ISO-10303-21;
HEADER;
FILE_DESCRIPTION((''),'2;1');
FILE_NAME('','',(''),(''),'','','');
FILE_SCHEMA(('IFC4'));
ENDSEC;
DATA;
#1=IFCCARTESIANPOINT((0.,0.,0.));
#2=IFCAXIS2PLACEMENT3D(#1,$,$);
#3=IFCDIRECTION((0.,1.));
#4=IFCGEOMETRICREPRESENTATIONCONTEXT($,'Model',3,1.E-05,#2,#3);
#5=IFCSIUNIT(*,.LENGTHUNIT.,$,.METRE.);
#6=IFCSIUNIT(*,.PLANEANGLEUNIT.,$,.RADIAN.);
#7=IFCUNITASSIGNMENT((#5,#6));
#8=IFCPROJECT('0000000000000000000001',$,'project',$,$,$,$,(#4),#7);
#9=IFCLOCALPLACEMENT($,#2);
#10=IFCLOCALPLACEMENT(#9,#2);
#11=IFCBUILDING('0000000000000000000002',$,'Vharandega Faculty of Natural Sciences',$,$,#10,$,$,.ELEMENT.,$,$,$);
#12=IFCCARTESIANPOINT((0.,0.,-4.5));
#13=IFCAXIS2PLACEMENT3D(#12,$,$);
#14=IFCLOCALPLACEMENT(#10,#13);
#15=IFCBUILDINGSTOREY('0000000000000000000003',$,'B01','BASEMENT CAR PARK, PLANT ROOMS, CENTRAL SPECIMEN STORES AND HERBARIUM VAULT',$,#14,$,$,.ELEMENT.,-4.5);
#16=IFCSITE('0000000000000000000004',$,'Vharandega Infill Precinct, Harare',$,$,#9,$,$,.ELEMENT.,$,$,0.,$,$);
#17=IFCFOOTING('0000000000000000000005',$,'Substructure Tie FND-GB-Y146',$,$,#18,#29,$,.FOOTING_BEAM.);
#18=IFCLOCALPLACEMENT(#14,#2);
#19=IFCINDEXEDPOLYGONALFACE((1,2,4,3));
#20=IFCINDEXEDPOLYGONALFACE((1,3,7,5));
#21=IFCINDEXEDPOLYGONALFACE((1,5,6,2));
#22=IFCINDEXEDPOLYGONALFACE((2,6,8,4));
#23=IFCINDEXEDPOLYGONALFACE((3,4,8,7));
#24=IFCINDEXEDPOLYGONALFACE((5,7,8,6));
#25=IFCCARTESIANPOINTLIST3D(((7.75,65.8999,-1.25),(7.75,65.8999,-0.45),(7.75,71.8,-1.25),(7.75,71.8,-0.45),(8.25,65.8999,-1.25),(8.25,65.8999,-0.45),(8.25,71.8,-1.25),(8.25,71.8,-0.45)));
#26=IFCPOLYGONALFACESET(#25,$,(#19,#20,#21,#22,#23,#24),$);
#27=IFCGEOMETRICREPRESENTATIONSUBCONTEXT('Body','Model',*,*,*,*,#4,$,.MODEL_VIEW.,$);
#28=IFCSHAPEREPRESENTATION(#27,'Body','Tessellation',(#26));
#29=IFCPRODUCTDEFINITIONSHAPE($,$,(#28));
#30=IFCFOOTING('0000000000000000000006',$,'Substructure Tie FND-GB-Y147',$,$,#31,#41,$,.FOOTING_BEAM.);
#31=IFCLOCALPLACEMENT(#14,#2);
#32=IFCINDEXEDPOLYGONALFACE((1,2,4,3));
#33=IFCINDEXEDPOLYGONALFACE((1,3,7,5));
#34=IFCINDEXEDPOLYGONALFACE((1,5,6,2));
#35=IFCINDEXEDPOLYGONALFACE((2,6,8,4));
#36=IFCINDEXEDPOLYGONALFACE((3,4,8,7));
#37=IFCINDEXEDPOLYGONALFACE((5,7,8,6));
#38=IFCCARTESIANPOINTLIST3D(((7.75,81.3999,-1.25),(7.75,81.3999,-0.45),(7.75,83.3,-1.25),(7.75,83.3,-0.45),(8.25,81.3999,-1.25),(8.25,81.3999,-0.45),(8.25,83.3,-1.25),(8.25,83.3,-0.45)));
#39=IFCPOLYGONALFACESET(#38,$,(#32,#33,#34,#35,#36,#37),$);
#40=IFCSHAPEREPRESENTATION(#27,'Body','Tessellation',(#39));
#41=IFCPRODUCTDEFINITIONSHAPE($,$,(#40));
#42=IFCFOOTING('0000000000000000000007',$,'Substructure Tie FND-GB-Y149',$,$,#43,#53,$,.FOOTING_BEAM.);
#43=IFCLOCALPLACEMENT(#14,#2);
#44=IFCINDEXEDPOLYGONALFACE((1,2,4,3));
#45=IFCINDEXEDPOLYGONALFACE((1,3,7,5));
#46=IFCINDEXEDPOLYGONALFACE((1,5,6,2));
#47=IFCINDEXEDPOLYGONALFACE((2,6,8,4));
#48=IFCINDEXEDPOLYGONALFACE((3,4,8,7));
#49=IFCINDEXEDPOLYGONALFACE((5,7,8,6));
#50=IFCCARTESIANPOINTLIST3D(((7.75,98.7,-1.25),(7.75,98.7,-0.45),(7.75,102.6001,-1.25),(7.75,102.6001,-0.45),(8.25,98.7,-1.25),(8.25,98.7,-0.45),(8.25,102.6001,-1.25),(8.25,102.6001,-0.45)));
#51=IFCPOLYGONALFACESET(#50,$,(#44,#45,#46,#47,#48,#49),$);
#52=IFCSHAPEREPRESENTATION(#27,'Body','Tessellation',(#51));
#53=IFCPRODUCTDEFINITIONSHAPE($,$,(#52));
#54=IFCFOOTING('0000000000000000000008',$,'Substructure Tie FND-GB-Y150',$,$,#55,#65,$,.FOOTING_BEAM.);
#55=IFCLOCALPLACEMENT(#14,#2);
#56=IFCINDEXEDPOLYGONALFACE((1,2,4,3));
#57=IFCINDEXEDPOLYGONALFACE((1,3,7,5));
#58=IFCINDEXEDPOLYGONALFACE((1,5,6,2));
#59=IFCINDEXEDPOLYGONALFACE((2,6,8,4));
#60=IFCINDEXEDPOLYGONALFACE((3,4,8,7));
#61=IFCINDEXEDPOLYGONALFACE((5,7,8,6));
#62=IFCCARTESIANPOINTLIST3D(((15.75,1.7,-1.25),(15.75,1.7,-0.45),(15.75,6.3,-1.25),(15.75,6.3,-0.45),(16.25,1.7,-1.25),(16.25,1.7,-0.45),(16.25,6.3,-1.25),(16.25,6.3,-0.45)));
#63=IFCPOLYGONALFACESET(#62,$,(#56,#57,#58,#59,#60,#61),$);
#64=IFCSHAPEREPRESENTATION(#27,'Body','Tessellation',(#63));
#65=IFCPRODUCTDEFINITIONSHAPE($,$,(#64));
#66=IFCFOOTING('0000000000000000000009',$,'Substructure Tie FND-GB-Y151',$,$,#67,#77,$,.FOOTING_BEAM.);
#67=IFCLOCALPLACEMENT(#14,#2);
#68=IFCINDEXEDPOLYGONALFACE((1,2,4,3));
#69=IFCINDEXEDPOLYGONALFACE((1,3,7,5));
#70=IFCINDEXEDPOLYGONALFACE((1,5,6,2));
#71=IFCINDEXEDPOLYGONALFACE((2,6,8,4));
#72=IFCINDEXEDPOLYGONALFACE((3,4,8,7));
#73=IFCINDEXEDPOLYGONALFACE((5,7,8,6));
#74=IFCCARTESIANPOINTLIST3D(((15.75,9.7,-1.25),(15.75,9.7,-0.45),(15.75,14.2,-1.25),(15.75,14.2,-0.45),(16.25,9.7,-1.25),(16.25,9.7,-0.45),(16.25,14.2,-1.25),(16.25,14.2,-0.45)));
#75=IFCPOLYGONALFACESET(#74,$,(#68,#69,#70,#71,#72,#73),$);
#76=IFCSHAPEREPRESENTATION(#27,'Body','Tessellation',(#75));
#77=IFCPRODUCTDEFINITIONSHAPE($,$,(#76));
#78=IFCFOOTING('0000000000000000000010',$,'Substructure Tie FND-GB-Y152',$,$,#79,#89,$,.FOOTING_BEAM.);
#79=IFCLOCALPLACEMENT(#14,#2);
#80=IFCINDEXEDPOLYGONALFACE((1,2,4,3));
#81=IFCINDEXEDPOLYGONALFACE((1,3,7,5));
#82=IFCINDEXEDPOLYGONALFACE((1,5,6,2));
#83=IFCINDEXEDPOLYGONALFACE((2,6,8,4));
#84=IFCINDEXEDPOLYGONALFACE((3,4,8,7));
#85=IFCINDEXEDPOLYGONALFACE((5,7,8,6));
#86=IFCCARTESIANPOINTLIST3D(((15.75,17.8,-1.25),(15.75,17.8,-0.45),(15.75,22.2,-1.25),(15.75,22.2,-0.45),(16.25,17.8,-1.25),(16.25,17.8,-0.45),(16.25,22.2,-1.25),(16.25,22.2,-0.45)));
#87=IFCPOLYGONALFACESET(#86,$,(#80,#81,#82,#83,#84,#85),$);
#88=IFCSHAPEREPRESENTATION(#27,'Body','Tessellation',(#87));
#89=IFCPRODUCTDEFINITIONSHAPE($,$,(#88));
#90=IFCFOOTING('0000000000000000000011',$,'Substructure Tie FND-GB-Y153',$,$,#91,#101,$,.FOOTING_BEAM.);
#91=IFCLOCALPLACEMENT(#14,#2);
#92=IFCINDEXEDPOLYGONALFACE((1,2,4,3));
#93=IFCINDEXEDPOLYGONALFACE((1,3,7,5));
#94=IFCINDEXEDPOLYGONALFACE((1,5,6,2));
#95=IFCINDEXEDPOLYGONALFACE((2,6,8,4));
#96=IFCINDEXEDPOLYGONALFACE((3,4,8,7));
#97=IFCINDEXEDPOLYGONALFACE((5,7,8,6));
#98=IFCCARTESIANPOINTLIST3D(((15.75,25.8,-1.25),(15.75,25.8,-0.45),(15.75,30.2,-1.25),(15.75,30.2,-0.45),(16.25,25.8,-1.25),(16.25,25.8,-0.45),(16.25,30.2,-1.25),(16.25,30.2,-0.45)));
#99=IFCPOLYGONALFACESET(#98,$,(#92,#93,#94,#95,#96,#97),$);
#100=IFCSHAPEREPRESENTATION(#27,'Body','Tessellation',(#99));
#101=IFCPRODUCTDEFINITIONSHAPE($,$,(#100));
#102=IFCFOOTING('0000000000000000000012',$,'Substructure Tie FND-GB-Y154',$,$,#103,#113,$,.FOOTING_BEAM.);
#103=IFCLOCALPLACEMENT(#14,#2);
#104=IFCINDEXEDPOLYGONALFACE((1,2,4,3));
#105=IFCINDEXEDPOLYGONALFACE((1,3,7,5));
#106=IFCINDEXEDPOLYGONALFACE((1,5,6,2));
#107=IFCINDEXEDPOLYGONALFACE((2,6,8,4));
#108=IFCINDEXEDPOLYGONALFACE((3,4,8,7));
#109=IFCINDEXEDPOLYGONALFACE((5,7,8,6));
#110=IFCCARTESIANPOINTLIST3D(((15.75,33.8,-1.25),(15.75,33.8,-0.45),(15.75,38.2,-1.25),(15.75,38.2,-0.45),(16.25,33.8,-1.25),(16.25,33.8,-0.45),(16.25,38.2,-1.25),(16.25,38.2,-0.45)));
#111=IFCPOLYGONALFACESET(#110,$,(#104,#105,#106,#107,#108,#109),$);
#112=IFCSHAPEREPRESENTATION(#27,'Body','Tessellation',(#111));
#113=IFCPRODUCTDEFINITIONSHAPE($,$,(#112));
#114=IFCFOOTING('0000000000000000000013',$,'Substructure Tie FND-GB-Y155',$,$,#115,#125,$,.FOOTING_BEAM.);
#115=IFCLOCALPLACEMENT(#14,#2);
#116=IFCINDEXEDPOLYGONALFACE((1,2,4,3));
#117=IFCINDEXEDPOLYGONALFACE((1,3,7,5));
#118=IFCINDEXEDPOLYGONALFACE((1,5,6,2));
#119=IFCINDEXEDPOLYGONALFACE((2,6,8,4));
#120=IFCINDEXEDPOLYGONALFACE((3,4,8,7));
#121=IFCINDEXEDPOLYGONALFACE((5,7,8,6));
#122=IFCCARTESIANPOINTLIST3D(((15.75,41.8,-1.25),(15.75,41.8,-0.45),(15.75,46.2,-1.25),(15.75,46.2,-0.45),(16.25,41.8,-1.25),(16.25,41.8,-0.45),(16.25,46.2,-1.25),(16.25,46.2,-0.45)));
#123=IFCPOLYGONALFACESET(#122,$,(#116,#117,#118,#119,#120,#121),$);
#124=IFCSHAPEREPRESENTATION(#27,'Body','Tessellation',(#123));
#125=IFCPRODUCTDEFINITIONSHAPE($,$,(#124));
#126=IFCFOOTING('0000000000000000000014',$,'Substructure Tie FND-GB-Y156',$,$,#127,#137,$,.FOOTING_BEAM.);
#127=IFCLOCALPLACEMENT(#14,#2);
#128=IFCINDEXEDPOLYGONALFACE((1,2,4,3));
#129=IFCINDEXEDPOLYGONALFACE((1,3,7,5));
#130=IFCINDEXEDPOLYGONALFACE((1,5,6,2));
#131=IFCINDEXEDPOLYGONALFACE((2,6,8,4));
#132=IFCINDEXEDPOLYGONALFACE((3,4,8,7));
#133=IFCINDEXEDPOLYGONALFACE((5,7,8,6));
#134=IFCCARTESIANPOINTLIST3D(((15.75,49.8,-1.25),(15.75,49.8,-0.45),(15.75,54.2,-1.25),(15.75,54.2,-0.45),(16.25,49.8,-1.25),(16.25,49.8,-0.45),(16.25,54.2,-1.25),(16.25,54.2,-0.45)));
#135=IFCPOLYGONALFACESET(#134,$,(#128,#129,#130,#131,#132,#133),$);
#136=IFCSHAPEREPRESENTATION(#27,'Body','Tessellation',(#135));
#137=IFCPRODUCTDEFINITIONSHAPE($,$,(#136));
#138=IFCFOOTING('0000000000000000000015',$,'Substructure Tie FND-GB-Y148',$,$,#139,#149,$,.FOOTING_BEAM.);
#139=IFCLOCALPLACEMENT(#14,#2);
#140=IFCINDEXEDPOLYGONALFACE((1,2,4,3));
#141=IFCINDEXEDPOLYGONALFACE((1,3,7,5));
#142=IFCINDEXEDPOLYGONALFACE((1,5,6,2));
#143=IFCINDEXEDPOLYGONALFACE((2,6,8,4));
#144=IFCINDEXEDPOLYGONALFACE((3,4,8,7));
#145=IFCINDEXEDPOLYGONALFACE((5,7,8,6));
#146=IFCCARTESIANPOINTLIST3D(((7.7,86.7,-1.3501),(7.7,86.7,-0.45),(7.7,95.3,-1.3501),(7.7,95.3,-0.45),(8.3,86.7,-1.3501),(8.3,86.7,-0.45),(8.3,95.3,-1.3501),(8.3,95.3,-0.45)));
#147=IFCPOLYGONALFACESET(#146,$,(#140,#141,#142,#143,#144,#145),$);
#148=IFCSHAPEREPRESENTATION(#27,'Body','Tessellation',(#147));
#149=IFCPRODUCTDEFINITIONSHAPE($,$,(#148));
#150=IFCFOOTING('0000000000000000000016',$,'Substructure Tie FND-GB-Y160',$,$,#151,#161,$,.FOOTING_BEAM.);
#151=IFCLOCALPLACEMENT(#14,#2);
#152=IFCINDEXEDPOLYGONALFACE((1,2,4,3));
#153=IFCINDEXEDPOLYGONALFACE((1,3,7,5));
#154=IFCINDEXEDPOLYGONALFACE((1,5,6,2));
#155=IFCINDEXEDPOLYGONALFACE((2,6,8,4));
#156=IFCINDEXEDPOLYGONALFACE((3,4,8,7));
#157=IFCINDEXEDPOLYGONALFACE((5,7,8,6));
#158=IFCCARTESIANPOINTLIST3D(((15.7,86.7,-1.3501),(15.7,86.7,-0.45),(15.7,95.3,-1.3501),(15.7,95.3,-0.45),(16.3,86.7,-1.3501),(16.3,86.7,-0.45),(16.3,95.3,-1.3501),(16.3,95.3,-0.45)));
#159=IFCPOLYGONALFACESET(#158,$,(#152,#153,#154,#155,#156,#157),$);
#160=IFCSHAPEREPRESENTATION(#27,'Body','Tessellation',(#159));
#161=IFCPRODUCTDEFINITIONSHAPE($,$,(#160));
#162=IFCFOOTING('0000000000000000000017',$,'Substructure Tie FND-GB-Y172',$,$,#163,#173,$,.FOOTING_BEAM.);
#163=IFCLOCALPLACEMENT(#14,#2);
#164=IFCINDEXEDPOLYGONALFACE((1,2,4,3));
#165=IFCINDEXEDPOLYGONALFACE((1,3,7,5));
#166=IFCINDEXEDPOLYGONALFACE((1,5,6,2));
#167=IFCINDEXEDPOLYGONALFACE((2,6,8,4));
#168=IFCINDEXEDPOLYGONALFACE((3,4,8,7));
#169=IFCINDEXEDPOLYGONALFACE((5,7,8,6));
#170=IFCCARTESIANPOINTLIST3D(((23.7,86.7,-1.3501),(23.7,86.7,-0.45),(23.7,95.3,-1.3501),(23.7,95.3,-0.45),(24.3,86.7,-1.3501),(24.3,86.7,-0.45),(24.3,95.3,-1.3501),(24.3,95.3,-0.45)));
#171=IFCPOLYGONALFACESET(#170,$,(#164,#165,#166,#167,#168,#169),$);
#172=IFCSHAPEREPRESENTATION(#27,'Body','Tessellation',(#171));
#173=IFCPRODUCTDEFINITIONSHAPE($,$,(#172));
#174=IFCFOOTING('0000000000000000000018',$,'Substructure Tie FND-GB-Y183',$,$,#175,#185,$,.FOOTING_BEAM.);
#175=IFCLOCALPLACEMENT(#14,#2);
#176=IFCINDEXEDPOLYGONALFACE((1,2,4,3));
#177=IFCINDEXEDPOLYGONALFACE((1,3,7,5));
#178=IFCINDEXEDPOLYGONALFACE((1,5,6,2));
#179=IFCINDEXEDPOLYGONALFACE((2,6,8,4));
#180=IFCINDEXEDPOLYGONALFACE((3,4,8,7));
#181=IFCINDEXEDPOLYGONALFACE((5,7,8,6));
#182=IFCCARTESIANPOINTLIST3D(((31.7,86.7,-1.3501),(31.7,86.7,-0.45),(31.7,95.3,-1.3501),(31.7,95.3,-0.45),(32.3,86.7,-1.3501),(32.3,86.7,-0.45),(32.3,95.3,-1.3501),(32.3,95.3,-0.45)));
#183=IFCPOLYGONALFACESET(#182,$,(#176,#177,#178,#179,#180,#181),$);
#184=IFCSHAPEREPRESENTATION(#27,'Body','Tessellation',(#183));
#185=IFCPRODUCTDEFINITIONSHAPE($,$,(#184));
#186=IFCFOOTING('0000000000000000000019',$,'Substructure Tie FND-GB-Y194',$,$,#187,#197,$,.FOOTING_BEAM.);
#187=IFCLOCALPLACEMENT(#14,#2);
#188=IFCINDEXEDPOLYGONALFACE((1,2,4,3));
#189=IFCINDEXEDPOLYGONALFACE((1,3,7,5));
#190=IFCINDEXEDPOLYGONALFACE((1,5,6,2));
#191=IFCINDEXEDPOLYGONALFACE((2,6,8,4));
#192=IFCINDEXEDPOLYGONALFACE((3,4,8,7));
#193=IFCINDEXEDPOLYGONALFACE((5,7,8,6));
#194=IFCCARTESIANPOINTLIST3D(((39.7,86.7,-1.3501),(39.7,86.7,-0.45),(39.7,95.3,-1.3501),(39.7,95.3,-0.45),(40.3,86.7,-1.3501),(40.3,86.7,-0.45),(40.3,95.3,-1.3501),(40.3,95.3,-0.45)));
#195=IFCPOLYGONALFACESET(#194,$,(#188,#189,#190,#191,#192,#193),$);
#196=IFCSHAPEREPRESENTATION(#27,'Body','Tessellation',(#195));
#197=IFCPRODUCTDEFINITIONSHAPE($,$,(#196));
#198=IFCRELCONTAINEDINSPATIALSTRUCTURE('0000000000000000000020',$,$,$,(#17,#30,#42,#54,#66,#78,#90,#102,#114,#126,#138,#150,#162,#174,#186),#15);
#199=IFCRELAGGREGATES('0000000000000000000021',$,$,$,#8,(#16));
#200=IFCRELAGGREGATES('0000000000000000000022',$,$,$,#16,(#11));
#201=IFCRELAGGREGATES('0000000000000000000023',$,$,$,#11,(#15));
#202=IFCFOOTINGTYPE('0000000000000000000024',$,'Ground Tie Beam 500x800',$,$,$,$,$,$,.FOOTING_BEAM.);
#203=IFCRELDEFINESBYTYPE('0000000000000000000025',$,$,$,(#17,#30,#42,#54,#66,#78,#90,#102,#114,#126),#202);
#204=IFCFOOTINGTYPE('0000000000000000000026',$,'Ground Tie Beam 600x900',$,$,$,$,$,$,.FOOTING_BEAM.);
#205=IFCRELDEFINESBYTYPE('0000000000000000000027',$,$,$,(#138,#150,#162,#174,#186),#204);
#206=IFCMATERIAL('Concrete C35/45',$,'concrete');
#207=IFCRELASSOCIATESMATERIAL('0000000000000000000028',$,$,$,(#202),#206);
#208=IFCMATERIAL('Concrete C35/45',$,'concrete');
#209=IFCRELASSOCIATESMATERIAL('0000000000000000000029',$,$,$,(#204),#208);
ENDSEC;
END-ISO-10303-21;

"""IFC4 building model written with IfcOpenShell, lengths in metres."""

from ifc_helpers import new_model, si_unit, direction, frame, origin, place, context, subcontext, project, spatial, polyline, outline, extrude, material, type_object, element, save


model = new_model("IFC4")

# Units and contexts
model_context = context("Model", 3, precision=1e-05, world=origin(), true_north=direction((0.0, 1.0)))
body_context = subcontext(model_context, "Body", "Model", "MODEL_VIEW")
ifc_project = project(units=[si_unit("LENGTHUNIT", "METRE"), si_unit("PLANEANGLEUNIT", "RADIAN")], contexts=[model_context])

# Site, building, storey
site_placement = place(None, origin())
site = spatial("IfcSite", under=ifc_project, at=site_placement, Name="Vharandega Infill Precinct, Harare", CompositionType="ELEMENT", RefElevation=0.0)
building_placement = place(site_placement, origin())
building = spatial("IfcBuilding", under=site, at=building_placement, Name="Vharandega Faculty of Natural Sciences", CompositionType="ELEMENT")
storey_placement = place(building_placement, frame((0.0, 0.0, -4.5)))
storey = spatial("IfcBuildingStorey", under=building, at=storey_placement, Name="B01", Description="BASEMENT CAR PARK, PLANT ROOMS, CENTRAL SPECIMEN STORES AND HERBARIUM VAULT", CompositionType="ELEMENT", Elevation=-4.5)

# Footings
ifc_material_1 = material(Name="Concrete C35/45", Category="concrete")
footing_type_1 = type_object("IfcFootingType", Name="Ground Tie Beam 500x800", PredefinedType="FOOTING_BEAM", material=ifc_material_1)
footing_1_placement = place(storey_placement, frame((0.0, 0.0, -1.25)))
element("IfcFooting", 1, at=footing_1_placement, inside=storey, type_object=footing_type_1, Name="Substructure Tie FND-GB-Y146", PredefinedType="FOOTING_BEAM", context=body_context, shape_type="SweptSolid", body=[
    extrude(outline(polyline([(7.75, 65.8999), (8.25, 65.8999), (8.25, 71.8), (7.75, 71.8), (7.75, 65.8999)])), origin(), (0.0, 0.0, 1.0), 0.8),
])
footing_2_placement = place(storey_placement, frame((0.0, 0.0, -1.25)))
element("IfcFooting", 2, at=footing_2_placement, inside=storey, type_object=footing_type_1, Name="Substructure Tie FND-GB-Y147", PredefinedType="FOOTING_BEAM", context=body_context, shape_type="SweptSolid", body=[
    extrude(outline(polyline([(7.75, 81.3999), (8.25, 81.3999), (8.25, 83.3), (7.75, 83.3), (7.75, 81.3999)])), origin(), (0.0, 0.0, 1.0), 0.8),
])
footing_3_placement = place(storey_placement, frame((0.0, 0.0, -1.25)))
element("IfcFooting", 3, at=footing_3_placement, inside=storey, type_object=footing_type_1, Name="Substructure Tie FND-GB-Y149", PredefinedType="FOOTING_BEAM", context=body_context, shape_type="SweptSolid", body=[
    extrude(outline(polyline([(7.75, 98.7), (8.25, 98.7), (8.25, 102.6001), (7.75, 102.6001), (7.75, 98.7)])), origin(), (0.0, 0.0, 1.0), 0.8),
])
footing_4_placement = place(storey_placement, frame((0.0, 0.0, -1.25)))
element("IfcFooting", 4, at=footing_4_placement, inside=storey, type_object=footing_type_1, Name="Substructure Tie FND-GB-Y150", PredefinedType="FOOTING_BEAM", context=body_context, shape_type="SweptSolid", body=[
    extrude(outline(polyline([(15.75, 1.7), (16.25, 1.7), (16.25, 6.3), (15.75, 6.3), (15.75, 1.7)])), origin(), (0.0, 0.0, 1.0), 0.8),
])
footing_5_placement = place(storey_placement, frame((0.0, 0.0, -1.25)))
element("IfcFooting", 5, at=footing_5_placement, inside=storey, type_object=footing_type_1, Name="Substructure Tie FND-GB-Y151", PredefinedType="FOOTING_BEAM", context=body_context, shape_type="SweptSolid", body=[
    extrude(outline(polyline([(15.75, 9.7), (16.25, 9.7), (16.25, 14.2), (15.75, 14.2), (15.75, 9.7)])), origin(), (0.0, 0.0, 1.0), 0.8),
])
footing_6_placement = place(storey_placement, frame((0.0, 0.0, -1.25)))
element("IfcFooting", 6, at=footing_6_placement, inside=storey, type_object=footing_type_1, Name="Substructure Tie FND-GB-Y152", PredefinedType="FOOTING_BEAM", context=body_context, shape_type="SweptSolid", body=[
    extrude(outline(polyline([(15.75, 17.8), (16.25, 17.8), (16.25, 22.2), (15.75, 22.2), (15.75, 17.8)])), origin(), (0.0, 0.0, 1.0), 0.8),
])
footing_7_placement = place(storey_placement, frame((0.0, 0.0, -1.25)))
element("IfcFooting", 7, at=footing_7_placement, inside=storey, type_object=footing_type_1, Name="Substructure Tie FND-GB-Y153", PredefinedType="FOOTING_BEAM", context=body_context, shape_type="SweptSolid", body=[
    extrude(outline(polyline([(15.75, 25.8), (16.25, 25.8), (16.25, 30.2), (15.75, 30.2), (15.75, 25.8)])), origin(), (0.0, 0.0, 1.0), 0.8),
])
footing_8_placement = place(storey_placement, frame((0.0, 0.0, -1.25)))
element("IfcFooting", 8, at=footing_8_placement, inside=storey, type_object=footing_type_1, Name="Substructure Tie FND-GB-Y154", PredefinedType="FOOTING_BEAM", context=body_context, shape_type="SweptSolid", body=[
    extrude(outline(polyline([(15.75, 33.8), (16.25, 33.8), (16.25, 38.2), (15.75, 38.2), (15.75, 33.8)])), origin(), (0.0, 0.0, 1.0), 0.8),
])
footing_9_placement = place(storey_placement, frame((0.0, 0.0, -1.25)))
element("IfcFooting", 9, at=footing_9_placement, inside=storey, type_object=footing_type_1, Name="Substructure Tie FND-GB-Y155", PredefinedType="FOOTING_BEAM", context=body_context, shape_type="SweptSolid", body=[
    extrude(outline(polyline([(15.75, 41.8), (16.25, 41.8), (16.25, 46.2), (15.75, 46.2), (15.75, 41.8)])), origin(), (0.0, 0.0, 1.0), 0.8),
])
footing_10_placement = place(storey_placement, frame((0.0, 0.0, -1.25)))
element("IfcFooting", 10, at=footing_10_placement, inside=storey, type_object=footing_type_1, Name="Substructure Tie FND-GB-Y156", PredefinedType="FOOTING_BEAM", context=body_context, shape_type="SweptSolid", body=[
    extrude(outline(polyline([(15.75, 49.8), (16.25, 49.8), (16.25, 54.2), (15.75, 54.2), (15.75, 49.8)])), origin(), (0.0, 0.0, 1.0), 0.8),
])
ifc_material_2 = material(Name="Concrete C35/45", Category="concrete")
footing_type_2 = type_object("IfcFootingType", Name="Ground Tie Beam 600x900", PredefinedType="FOOTING_BEAM", material=ifc_material_2)
footing_11_placement = place(storey_placement, frame((0.0, 0.0, -1.3501)))
element("IfcFooting", 11, at=footing_11_placement, inside=storey, type_object=footing_type_2, Name="Substructure Tie FND-GB-Y148", PredefinedType="FOOTING_BEAM", context=body_context, shape_type="SweptSolid", body=[
    extrude(outline(polyline([(7.7, 86.7), (8.3, 86.7), (8.3, 95.3), (7.7, 95.3), (7.7, 86.7)])), origin(), (0.0, 0.0, 1.0), 0.9001),
])
footing_12_placement = place(storey_placement, frame((0.0, 0.0, -1.3501)))
element("IfcFooting", 12, at=footing_12_placement, inside=storey, type_object=footing_type_2, Name="Substructure Tie FND-GB-Y160", PredefinedType="FOOTING_BEAM", context=body_context, shape_type="SweptSolid", body=[
    extrude(outline(polyline([(15.7, 86.7), (16.3, 86.7), (16.3, 95.3), (15.7, 95.3), (15.7, 86.7)])), origin(), (0.0, 0.0, 1.0), 0.9001),
])
footing_13_placement = place(storey_placement, frame((0.0, 0.0, -1.3501)))
element("IfcFooting", 13, at=footing_13_placement, inside=storey, type_object=footing_type_2, Name="Substructure Tie FND-GB-Y172", PredefinedType="FOOTING_BEAM", context=body_context, shape_type="SweptSolid", body=[
    extrude(outline(polyline([(23.7, 86.7), (24.3, 86.7), (24.3, 95.3), (23.7, 95.3), (23.7, 86.7)])), origin(), (0.0, 0.0, 1.0), 0.9001),
])
footing_14_placement = place(storey_placement, frame((0.0, 0.0, -1.3501)))
element("IfcFooting", 14, at=footing_14_placement, inside=storey, type_object=footing_type_2, Name="Substructure Tie FND-GB-Y183", PredefinedType="FOOTING_BEAM", context=body_context, shape_type="SweptSolid", body=[
    extrude(outline(polyline([(31.7, 86.7), (32.3, 86.7), (32.3, 95.3), (31.7, 95.3), (31.7, 86.7)])), origin(), (0.0, 0.0, 1.0), 0.9001),
])
footing_15_placement = place(storey_placement, frame((0.0, 0.0, -1.3501)))
element("IfcFooting", 15, at=footing_15_placement, inside=storey, type_object=footing_type_2, Name="Substructure Tie FND-GB-Y194", PredefinedType="FOOTING_BEAM", context=body_context, shape_type="SweptSolid", body=[
    extrude(outline(polyline([(39.7, 86.7), (40.3, 86.7), (40.3, 95.3), (39.7, 95.3), (39.7, 86.7)])), origin(), (0.0, 0.0, 1.0), 0.9001),
])

save(model, "model.ifc")
